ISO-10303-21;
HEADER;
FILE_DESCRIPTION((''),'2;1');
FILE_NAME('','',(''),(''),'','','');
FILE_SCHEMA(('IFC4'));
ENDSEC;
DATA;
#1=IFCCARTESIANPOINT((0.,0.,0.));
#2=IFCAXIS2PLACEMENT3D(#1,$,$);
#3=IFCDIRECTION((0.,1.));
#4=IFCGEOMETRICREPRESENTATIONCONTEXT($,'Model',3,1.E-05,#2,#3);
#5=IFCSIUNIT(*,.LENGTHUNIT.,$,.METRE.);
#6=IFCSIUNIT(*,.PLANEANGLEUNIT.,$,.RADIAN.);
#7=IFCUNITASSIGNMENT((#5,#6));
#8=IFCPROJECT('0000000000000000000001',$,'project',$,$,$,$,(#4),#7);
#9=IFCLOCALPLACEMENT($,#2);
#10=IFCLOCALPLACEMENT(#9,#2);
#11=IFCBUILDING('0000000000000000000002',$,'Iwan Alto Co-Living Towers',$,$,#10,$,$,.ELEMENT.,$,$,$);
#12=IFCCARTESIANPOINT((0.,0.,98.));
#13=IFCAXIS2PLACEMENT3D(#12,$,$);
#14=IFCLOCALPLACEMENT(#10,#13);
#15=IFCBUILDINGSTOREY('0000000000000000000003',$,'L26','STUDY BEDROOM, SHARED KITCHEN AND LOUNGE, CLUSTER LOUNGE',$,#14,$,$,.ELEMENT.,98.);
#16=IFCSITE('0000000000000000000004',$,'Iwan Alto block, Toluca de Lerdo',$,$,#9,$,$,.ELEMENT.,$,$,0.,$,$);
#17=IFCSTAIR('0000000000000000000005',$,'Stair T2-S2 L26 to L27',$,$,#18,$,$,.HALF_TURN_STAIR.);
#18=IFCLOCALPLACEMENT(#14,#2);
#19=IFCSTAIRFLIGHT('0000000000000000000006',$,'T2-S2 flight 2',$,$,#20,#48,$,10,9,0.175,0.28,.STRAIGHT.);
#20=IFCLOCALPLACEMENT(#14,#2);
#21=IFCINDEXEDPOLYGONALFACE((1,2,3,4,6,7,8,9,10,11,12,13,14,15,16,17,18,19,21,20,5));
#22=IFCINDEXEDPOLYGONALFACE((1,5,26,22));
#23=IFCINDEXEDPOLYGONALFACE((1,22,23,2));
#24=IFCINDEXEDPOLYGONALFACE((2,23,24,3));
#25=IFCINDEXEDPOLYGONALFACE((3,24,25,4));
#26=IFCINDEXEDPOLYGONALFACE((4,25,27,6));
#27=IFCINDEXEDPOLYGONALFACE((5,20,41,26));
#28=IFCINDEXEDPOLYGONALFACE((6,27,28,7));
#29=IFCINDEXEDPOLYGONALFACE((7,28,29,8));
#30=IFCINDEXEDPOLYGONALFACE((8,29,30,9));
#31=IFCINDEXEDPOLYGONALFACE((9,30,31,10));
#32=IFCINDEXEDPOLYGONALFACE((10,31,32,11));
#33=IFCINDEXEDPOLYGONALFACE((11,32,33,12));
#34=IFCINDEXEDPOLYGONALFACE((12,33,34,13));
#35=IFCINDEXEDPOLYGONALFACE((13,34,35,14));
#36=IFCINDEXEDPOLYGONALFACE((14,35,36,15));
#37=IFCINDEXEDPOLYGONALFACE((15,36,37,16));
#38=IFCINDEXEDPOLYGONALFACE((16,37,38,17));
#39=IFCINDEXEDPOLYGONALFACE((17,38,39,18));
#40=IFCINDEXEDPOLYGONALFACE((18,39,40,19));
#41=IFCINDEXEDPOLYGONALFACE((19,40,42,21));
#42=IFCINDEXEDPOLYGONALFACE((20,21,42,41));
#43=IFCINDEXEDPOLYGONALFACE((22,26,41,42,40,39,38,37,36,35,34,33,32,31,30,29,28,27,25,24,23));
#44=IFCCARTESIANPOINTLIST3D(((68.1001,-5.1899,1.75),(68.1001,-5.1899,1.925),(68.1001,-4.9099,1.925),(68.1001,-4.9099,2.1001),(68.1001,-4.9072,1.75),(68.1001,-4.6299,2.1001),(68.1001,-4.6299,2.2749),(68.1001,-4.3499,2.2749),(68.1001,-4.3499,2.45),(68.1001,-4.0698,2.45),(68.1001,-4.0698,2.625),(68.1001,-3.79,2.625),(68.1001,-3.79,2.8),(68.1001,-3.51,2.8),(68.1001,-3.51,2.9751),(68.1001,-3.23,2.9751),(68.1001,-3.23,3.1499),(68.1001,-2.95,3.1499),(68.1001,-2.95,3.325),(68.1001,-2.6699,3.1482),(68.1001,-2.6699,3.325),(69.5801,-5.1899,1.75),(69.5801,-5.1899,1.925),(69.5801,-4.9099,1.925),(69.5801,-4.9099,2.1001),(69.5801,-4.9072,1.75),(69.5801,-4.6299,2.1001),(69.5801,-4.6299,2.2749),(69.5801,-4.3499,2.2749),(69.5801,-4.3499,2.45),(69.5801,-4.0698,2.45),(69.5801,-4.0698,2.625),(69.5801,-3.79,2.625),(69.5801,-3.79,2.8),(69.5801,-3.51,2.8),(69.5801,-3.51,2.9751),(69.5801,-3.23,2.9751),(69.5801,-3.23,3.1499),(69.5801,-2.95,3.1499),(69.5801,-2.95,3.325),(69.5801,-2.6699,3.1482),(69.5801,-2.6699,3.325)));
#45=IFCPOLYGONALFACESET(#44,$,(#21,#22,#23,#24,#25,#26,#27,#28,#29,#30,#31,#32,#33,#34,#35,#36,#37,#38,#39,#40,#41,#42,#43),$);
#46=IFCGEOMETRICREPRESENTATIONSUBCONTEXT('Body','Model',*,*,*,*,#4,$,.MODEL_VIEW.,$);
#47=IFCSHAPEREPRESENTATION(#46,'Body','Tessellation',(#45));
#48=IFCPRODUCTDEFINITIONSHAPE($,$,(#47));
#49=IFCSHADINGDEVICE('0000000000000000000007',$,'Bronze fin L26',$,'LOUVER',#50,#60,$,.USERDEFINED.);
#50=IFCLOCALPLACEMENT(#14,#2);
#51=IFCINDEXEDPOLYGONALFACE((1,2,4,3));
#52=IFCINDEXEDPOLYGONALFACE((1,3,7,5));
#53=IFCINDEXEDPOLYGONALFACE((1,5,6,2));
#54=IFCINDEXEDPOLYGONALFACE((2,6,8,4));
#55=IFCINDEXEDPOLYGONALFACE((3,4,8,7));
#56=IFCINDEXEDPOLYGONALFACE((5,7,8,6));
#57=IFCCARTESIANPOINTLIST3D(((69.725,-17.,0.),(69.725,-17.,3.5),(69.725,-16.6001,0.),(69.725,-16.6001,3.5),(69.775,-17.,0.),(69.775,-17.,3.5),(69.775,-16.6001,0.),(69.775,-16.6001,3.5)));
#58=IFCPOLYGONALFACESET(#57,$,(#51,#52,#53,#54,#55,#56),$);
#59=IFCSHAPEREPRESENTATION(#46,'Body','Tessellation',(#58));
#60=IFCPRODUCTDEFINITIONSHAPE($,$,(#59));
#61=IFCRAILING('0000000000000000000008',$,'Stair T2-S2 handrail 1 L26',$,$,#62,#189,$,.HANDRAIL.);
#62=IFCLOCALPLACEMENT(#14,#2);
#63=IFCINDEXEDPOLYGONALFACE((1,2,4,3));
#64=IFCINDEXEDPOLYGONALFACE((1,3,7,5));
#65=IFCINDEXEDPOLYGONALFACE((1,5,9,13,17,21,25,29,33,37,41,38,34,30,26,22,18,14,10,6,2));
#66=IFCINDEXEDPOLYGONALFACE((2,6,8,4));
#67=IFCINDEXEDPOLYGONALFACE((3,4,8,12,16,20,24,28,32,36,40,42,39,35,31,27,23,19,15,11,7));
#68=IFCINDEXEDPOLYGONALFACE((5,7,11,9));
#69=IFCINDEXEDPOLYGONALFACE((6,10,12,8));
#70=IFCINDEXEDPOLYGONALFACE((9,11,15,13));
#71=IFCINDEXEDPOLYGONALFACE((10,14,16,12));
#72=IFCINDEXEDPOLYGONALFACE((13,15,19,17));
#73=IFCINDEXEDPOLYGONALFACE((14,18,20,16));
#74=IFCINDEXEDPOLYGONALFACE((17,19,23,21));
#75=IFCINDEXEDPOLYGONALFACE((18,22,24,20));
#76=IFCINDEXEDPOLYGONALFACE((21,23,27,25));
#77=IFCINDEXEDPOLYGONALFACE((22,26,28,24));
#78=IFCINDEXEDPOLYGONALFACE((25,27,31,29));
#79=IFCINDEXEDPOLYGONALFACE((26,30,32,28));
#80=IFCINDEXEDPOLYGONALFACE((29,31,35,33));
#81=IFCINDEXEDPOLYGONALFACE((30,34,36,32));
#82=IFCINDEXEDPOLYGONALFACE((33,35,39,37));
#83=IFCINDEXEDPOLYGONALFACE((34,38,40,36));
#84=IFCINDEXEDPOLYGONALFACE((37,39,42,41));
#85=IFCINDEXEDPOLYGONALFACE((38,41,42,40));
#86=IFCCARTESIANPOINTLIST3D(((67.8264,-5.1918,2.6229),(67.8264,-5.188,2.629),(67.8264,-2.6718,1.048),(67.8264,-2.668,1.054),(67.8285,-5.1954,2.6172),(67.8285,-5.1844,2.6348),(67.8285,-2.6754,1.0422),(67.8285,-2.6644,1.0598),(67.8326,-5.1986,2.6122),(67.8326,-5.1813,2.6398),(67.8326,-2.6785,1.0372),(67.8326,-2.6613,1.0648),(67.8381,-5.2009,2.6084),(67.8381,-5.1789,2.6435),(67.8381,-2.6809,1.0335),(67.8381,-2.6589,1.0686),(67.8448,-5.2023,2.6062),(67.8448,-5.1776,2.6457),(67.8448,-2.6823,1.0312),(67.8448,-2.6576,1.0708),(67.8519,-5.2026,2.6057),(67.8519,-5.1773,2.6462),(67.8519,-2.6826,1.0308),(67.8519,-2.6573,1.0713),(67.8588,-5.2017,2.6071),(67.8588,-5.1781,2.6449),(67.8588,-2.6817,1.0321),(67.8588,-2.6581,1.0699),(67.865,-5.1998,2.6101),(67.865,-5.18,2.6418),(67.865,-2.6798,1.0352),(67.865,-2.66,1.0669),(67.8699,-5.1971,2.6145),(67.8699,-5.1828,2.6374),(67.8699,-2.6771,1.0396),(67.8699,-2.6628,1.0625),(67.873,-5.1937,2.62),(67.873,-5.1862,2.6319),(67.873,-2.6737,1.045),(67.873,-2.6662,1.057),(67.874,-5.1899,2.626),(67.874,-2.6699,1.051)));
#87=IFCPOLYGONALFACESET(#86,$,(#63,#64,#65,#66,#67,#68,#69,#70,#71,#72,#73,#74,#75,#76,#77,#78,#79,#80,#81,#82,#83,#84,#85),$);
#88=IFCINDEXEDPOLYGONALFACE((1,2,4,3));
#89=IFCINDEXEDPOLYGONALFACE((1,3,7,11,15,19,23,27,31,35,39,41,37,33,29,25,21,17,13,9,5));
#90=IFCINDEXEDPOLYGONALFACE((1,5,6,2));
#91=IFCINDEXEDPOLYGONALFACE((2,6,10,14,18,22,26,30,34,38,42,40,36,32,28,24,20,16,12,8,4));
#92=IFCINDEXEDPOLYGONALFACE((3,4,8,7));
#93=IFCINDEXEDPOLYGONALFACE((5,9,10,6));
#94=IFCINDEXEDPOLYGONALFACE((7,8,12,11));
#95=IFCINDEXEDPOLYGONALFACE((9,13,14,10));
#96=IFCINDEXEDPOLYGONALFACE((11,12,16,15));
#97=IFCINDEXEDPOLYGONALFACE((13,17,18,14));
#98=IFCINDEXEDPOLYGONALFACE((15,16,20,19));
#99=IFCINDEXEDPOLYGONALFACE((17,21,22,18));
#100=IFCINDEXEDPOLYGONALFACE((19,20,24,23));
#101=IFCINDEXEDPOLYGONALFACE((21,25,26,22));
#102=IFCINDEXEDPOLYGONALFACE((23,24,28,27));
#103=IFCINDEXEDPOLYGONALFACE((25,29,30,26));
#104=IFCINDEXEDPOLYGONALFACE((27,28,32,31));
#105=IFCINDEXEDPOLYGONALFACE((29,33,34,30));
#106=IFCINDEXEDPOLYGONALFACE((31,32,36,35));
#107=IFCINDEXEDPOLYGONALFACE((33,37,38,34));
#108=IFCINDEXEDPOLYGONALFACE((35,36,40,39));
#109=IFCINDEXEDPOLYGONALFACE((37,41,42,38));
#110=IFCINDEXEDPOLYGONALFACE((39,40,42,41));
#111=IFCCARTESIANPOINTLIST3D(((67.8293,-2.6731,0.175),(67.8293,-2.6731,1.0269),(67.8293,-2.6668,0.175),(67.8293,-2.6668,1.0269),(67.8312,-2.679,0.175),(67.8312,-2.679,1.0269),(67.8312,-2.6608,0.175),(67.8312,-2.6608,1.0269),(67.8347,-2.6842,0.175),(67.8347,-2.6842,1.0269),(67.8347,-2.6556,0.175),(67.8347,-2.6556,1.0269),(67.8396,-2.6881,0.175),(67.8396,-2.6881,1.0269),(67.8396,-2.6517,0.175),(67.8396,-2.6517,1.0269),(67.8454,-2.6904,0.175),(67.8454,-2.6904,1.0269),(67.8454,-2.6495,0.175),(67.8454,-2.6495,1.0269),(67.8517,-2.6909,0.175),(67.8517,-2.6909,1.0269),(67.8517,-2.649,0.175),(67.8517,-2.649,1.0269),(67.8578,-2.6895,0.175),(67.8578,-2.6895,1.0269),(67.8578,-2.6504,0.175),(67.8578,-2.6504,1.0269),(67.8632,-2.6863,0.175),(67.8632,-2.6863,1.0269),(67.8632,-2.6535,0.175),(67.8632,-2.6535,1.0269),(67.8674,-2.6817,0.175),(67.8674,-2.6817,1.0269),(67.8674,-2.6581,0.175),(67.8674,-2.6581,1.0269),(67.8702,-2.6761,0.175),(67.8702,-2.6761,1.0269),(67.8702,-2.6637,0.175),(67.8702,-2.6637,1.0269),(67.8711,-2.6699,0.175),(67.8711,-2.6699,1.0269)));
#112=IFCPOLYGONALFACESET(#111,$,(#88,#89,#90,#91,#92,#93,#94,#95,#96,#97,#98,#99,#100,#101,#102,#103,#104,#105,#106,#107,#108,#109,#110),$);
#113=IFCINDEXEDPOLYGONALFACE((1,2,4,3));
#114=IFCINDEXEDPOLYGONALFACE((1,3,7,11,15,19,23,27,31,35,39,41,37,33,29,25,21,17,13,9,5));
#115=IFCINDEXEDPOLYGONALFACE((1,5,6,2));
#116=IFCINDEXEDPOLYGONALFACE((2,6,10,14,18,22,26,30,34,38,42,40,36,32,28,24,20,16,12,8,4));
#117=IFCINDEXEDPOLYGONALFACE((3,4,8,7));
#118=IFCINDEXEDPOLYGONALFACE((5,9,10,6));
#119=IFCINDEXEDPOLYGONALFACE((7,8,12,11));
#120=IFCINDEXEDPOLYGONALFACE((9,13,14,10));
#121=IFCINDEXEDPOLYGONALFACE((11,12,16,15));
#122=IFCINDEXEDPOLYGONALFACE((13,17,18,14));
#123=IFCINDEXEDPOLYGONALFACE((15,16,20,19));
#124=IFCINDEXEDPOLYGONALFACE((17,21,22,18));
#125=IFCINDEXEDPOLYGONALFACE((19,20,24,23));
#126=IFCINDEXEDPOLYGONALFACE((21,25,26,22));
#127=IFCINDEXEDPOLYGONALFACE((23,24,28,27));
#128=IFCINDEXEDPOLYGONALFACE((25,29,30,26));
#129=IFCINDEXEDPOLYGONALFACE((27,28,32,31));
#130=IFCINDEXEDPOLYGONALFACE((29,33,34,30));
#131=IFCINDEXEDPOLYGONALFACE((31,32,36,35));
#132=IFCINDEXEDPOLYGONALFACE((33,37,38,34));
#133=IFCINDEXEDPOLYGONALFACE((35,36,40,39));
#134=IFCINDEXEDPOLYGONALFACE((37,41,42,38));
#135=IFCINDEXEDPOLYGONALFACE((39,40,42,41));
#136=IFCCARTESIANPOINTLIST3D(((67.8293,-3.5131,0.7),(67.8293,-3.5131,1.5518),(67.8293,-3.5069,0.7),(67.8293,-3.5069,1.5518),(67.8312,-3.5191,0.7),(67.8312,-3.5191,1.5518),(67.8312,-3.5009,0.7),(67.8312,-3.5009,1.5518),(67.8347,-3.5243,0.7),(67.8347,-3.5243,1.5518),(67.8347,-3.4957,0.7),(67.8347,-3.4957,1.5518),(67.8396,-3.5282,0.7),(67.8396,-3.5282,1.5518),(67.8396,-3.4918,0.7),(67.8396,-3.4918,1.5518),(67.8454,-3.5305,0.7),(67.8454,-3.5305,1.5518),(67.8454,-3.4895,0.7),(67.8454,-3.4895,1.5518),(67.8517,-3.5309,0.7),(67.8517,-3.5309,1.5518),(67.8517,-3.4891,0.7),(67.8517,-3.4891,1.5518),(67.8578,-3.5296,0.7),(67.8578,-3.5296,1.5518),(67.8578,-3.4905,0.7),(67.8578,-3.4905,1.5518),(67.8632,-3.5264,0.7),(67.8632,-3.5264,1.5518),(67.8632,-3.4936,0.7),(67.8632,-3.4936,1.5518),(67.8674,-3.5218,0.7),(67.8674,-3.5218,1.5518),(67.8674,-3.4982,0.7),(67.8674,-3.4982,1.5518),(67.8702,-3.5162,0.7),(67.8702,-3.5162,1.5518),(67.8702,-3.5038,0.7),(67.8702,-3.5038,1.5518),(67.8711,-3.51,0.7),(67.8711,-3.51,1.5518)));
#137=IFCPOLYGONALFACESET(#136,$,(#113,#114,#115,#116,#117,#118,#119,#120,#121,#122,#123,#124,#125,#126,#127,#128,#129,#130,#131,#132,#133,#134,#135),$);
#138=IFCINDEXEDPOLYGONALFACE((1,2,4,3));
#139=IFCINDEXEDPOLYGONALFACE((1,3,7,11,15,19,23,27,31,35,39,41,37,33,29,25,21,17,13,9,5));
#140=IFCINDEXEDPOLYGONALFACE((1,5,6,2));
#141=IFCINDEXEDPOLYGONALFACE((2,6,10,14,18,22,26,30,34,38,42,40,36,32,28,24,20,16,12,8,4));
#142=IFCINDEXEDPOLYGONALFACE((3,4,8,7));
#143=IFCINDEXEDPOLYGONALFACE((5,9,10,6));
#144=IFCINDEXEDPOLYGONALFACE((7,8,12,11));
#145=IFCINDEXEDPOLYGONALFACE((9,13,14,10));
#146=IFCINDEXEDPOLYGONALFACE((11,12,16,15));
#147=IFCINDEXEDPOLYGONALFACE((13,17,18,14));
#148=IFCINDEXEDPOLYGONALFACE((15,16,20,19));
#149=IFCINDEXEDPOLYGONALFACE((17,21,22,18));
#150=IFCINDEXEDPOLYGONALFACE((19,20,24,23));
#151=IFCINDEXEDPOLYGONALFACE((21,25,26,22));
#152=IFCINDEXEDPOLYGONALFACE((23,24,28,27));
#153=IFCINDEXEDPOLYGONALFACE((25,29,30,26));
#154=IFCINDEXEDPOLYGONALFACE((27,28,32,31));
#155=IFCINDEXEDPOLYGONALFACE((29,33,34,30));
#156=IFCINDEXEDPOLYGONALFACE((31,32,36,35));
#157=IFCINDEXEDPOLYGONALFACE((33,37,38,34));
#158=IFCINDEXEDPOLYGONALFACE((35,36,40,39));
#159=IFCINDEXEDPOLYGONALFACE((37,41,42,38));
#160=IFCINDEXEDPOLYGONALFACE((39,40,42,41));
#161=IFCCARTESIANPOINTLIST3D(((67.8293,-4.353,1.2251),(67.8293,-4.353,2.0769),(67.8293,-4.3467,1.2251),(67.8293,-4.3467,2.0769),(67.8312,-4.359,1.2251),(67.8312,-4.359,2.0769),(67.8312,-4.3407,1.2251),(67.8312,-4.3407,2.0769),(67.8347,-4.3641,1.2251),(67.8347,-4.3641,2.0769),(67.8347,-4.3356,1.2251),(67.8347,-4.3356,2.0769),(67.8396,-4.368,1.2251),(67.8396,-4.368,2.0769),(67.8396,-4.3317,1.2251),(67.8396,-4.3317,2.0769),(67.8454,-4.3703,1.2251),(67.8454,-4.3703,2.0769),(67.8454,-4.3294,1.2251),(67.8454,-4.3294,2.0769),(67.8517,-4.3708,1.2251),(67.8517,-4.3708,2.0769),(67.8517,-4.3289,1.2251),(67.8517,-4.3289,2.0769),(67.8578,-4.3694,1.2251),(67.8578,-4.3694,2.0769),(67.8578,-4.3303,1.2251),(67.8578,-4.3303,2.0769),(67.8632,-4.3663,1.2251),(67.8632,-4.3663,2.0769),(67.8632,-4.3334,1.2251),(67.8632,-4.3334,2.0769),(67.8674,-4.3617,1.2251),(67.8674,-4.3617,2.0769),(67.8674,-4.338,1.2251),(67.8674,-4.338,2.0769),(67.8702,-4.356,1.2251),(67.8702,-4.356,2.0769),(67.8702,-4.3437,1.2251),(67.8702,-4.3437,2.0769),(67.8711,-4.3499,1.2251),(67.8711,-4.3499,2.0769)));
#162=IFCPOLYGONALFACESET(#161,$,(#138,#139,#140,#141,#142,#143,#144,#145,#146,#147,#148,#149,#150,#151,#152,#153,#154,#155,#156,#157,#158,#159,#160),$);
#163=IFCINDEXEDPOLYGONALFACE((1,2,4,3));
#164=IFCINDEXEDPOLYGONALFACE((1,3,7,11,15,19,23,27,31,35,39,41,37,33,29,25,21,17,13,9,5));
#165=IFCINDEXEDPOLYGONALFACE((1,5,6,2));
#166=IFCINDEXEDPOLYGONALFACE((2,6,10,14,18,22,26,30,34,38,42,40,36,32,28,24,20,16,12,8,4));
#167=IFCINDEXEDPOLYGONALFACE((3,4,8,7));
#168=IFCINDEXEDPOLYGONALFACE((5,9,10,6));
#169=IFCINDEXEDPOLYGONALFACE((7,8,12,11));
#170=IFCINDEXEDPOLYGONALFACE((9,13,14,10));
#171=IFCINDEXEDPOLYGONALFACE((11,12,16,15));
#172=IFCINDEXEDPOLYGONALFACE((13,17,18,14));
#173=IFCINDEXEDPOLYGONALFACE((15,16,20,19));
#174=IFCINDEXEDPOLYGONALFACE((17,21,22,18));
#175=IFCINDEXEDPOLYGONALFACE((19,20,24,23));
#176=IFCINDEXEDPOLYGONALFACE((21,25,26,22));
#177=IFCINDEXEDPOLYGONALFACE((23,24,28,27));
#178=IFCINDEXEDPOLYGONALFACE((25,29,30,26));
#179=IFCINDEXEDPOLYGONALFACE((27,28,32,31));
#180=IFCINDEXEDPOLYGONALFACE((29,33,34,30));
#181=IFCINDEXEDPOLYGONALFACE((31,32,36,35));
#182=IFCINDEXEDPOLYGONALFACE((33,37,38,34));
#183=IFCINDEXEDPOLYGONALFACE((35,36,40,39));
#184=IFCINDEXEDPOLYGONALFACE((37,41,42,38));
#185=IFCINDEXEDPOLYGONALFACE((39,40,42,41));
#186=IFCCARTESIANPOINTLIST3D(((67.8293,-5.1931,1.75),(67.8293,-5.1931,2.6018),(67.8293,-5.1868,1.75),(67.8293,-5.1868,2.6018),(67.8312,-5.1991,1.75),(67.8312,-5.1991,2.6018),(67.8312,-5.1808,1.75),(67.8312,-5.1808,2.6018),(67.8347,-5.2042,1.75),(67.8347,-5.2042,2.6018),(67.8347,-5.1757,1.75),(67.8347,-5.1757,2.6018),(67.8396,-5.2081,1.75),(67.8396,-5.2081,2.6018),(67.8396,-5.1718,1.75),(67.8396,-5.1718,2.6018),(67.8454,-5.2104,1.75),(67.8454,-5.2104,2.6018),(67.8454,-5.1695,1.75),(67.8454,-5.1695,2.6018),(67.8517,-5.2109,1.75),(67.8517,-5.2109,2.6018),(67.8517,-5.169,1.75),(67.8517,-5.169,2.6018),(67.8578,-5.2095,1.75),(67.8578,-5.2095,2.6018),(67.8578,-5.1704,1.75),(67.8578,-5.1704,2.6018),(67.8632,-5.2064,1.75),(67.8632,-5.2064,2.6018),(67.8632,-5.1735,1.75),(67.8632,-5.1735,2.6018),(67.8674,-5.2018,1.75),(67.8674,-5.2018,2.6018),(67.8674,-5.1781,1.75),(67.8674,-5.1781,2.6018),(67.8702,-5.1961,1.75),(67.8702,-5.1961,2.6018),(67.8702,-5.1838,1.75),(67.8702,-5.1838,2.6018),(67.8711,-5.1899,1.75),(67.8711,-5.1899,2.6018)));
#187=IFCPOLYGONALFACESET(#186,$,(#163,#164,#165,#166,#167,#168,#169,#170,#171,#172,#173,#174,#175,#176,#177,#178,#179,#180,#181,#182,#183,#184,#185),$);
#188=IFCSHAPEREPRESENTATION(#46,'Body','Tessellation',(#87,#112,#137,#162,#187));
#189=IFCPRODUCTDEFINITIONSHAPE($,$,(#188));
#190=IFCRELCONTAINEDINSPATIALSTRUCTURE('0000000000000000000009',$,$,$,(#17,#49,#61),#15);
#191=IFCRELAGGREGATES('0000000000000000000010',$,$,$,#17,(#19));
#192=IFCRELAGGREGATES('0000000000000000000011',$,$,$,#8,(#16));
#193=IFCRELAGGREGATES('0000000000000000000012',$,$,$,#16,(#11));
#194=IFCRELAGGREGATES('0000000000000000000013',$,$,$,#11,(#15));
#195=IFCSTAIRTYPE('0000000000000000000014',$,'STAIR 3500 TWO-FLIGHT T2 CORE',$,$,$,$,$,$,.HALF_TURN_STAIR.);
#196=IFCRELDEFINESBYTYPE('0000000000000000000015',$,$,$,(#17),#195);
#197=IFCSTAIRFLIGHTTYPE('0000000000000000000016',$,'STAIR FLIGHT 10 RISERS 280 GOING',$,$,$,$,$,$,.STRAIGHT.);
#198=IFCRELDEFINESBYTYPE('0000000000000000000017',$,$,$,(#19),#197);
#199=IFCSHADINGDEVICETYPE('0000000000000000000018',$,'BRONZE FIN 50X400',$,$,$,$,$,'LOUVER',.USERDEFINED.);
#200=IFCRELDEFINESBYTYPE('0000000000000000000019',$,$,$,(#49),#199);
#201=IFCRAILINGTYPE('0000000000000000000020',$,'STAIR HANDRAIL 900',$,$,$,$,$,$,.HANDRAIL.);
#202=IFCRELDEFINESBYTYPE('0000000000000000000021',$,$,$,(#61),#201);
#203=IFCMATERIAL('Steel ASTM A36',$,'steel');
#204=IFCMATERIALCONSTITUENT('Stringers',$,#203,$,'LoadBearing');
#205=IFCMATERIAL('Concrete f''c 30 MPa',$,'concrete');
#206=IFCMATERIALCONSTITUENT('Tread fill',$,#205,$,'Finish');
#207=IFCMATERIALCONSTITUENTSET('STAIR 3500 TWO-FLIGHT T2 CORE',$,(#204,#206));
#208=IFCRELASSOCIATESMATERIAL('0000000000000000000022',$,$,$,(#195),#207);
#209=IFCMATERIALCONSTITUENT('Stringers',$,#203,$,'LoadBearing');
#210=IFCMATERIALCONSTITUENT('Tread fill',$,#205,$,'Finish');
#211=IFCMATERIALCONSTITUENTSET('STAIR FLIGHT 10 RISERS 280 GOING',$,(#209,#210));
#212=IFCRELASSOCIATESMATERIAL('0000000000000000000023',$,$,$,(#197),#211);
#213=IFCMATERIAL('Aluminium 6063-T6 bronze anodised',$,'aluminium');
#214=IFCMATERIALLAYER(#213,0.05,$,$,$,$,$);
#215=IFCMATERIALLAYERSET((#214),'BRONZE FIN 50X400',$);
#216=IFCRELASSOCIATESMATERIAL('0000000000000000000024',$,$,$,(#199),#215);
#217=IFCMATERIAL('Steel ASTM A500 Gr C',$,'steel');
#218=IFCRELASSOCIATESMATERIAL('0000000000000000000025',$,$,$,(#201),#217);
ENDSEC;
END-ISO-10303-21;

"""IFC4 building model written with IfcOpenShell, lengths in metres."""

from ifc_helpers import new_model, si_unit, direction, frame, origin, origin_2d, place, context, subcontext, project, spatial, polyline, rectangle, circle, outline, extrude, material, layer, layer_set, constituent, constituent_set, type_object, element, aggregate, save


model = new_model("IFC4")

# Units and contexts
model_context = context("Model", 3, precision=1e-05, world=origin(), true_north=direction((0.0, 1.0)))
body_context = subcontext(model_context, "Body", "Model", "MODEL_VIEW")
ifc_project = project(units=[si_unit("LENGTHUNIT", "METRE"), si_unit("PLANEANGLEUNIT", "RADIAN")], contexts=[model_context])

# Site, building, storey
site_placement = place(None, origin())
site = spatial("IfcSite", under=ifc_project, at=site_placement, Name="Iwan Alto block, Toluca de Lerdo", CompositionType="ELEMENT", RefElevation=0.0)
building_placement = place(site_placement, origin())
building = spatial("IfcBuilding", under=site, at=building_placement, Name="Iwan Alto Co-Living Towers", CompositionType="ELEMENT")
storey_placement = place(building_placement, frame((0.0, 0.0, 98.0)))
storey = spatial("IfcBuildingStorey", under=building, at=storey_placement, Name="L26", Description="STUDY BEDROOM, SHARED KITCHEN AND LOUNGE, CLUSTER LOUNGE", CompositionType="ELEMENT", Elevation=98.0)

# Stair, stair flight
ifc_material_1 = material(Name="Steel ASTM A36", Category="steel")
ifc_constituent_1 = constituent(ifc_material_1, Name="Stringers", Category="LoadBearing")
ifc_material_2 = material(Name="Concrete f'c 30 MPa", Category="concrete")
ifc_constituent_2 = constituent(ifc_material_2, Name="Tread fill", Category="Finish")
ifc_constituent_set_1 = constituent_set(constituents=[ifc_constituent_1, ifc_constituent_2], Name="STAIR 3500 TWO-FLIGHT T2 CORE")
stair_type = type_object("IfcStairType", Name="STAIR 3500 TWO-FLIGHT T2 CORE", PredefinedType="HALF_TURN_STAIR", material=ifc_constituent_set_1)
stair_placement = place(storey_placement, origin())
stair = element("IfcStair", 1, at=stair_placement, inside=storey, type_object=stair_type, Name="Stair T2-S2 L26 to L27", PredefinedType="HALF_TURN_STAIR")
ifc_constituent_3 = constituent(ifc_material_1, Name="Stringers", Category="LoadBearing")
ifc_constituent_4 = constituent(ifc_material_2, Name="Tread fill", Category="Finish")
ifc_constituent_set_2 = constituent_set(constituents=[ifc_constituent_3, ifc_constituent_4], Name="STAIR FLIGHT 10 RISERS 280 GOING")
stair_flight_type = type_object("IfcStairFlightType", Name="STAIR FLIGHT 10 RISERS 280 GOING", PredefinedType="STRAIGHT", material=ifc_constituent_set_2)
stair_flight_1_placement = place(storey_placement, frame((68.8401, -5.1899, 1.75), z_axis=(0.0, 0.0, 1.0), x_axis=(0.0, 1.0, 0.0)))
stair_flight_1 = element("IfcStairFlight", 2, at=stair_flight_1_placement, type_object=stair_flight_type, Name="T2-S2 flight 2", NumberOfRisers=10, NumberOfTreads=9, PredefinedType="STRAIGHT", RiserHeight=0.175, TreadLength=0.28, context=body_context, shape_type="SweptSolid", body=[
    extrude(outline(polyline([(0.0, 0.0), (0.0, 0.175), (0.28, 0.175), (0.28, 0.3501), (0.5601, 0.3501), (0.5601, 0.5249), (0.8401, 0.5249), (0.8401, 0.7), (1.1201, 0.7), (1.1201, 0.875), (1.3999, 0.875), (1.3999, 1.05), (1.6799, 1.05), (1.6799, 1.2251), (1.96, 1.2251), (1.96, 1.3999), (2.24, 1.3999), (2.24, 1.575), (2.52, 1.575), (2.52, 1.75), (2.52, 1.3982), (0.2827, 0.0), (0.0, 0.0)])), frame((0.0, 0.74, 0.0), z_axis=(0.0, -1.0, 0.0), x_axis=(1.0, 0.0, 0.0)), (0.0, 0.0, 1.0), 1.48),
])
aggregate(stair, [stair_flight_1])

# Shading device
ifc_material_3 = material(Name="Aluminium 6063-T6 bronze anodised", Category="aluminium")
ifc_layer_1 = layer(ifc_material_3, 0.05)
ifc_layer_set_1 = layer_set([ifc_layer_1], Name="BRONZE FIN 50X400")
shading_device_type = type_object("IfcShadingDeviceType", Name="BRONZE FIN 50X400", ElementType="LOUVER", PredefinedType="USERDEFINED", material=ifc_layer_set_1)
shading_device_placement = place(storey_placement, frame((69.75, -16.8, 0.0), z_axis=(0.0, 0.0, 1.0), x_axis=(1.0, 0.0, 0.0)))
element("IfcShadingDevice", 3, at=shading_device_placement, inside=storey, type_object=shading_device_type, Name="Bronze fin L26", ObjectType="LOUVER", PredefinedType="USERDEFINED", context=body_context, shape_type="SweptSolid", body=[
    extrude(rectangle(XDim=0.05, YDim=0.3999, at=origin_2d()), origin(), (0.0, 0.0, 1.0), 3.5),
])

# Railing
ifc_material_4 = material(Name="Steel ASTM A500 Gr C", Category="steel")
railing_type = type_object("IfcRailingType", Name="STAIR HANDRAIL 900", PredefinedType="HANDRAIL", material=ifc_material_4)
railing_1_placement = place(storey_placement, frame((67.8501, -2.6699, 0.175)))
element("IfcRailing", 4, at=railing_1_placement, inside=storey, type_object=railing_type, Name="Stair T2-S2 handrail 1 L26", PredefinedType="HANDRAIL", context=body_context, shape_type="SweptSolid", body=[
    extrude(circle(Radius=0.0239, at=origin_2d()), frame((0.0, 0.0, 0.876), z_axis=(0.0, -0.848008, 0.529984), x_axis=(1.0, 0.0, 0.0)), (0.0, 0.0, 1.0), 2.9717),
    extrude(circle(Radius=0.021, at=origin_2d()), origin(), (0.0, 0.0, 1.0), 0.8518),
    extrude(circle(Radius=0.021, at=origin_2d()), frame((0.0, -0.8401, 0.5249)), (0.0, 0.0, 1.0), 0.8518),
    extrude(circle(Radius=0.021, at=origin_2d()), frame((0.0, -1.6799, 1.05)), (0.0, 0.0, 1.0), 0.8518),
    extrude(circle(Radius=0.021, at=origin_2d()), frame((0.0, -2.52, 1.575)), (0.0, 0.0, 1.0), 0.8518),
])

save(model, "model.ifc")
